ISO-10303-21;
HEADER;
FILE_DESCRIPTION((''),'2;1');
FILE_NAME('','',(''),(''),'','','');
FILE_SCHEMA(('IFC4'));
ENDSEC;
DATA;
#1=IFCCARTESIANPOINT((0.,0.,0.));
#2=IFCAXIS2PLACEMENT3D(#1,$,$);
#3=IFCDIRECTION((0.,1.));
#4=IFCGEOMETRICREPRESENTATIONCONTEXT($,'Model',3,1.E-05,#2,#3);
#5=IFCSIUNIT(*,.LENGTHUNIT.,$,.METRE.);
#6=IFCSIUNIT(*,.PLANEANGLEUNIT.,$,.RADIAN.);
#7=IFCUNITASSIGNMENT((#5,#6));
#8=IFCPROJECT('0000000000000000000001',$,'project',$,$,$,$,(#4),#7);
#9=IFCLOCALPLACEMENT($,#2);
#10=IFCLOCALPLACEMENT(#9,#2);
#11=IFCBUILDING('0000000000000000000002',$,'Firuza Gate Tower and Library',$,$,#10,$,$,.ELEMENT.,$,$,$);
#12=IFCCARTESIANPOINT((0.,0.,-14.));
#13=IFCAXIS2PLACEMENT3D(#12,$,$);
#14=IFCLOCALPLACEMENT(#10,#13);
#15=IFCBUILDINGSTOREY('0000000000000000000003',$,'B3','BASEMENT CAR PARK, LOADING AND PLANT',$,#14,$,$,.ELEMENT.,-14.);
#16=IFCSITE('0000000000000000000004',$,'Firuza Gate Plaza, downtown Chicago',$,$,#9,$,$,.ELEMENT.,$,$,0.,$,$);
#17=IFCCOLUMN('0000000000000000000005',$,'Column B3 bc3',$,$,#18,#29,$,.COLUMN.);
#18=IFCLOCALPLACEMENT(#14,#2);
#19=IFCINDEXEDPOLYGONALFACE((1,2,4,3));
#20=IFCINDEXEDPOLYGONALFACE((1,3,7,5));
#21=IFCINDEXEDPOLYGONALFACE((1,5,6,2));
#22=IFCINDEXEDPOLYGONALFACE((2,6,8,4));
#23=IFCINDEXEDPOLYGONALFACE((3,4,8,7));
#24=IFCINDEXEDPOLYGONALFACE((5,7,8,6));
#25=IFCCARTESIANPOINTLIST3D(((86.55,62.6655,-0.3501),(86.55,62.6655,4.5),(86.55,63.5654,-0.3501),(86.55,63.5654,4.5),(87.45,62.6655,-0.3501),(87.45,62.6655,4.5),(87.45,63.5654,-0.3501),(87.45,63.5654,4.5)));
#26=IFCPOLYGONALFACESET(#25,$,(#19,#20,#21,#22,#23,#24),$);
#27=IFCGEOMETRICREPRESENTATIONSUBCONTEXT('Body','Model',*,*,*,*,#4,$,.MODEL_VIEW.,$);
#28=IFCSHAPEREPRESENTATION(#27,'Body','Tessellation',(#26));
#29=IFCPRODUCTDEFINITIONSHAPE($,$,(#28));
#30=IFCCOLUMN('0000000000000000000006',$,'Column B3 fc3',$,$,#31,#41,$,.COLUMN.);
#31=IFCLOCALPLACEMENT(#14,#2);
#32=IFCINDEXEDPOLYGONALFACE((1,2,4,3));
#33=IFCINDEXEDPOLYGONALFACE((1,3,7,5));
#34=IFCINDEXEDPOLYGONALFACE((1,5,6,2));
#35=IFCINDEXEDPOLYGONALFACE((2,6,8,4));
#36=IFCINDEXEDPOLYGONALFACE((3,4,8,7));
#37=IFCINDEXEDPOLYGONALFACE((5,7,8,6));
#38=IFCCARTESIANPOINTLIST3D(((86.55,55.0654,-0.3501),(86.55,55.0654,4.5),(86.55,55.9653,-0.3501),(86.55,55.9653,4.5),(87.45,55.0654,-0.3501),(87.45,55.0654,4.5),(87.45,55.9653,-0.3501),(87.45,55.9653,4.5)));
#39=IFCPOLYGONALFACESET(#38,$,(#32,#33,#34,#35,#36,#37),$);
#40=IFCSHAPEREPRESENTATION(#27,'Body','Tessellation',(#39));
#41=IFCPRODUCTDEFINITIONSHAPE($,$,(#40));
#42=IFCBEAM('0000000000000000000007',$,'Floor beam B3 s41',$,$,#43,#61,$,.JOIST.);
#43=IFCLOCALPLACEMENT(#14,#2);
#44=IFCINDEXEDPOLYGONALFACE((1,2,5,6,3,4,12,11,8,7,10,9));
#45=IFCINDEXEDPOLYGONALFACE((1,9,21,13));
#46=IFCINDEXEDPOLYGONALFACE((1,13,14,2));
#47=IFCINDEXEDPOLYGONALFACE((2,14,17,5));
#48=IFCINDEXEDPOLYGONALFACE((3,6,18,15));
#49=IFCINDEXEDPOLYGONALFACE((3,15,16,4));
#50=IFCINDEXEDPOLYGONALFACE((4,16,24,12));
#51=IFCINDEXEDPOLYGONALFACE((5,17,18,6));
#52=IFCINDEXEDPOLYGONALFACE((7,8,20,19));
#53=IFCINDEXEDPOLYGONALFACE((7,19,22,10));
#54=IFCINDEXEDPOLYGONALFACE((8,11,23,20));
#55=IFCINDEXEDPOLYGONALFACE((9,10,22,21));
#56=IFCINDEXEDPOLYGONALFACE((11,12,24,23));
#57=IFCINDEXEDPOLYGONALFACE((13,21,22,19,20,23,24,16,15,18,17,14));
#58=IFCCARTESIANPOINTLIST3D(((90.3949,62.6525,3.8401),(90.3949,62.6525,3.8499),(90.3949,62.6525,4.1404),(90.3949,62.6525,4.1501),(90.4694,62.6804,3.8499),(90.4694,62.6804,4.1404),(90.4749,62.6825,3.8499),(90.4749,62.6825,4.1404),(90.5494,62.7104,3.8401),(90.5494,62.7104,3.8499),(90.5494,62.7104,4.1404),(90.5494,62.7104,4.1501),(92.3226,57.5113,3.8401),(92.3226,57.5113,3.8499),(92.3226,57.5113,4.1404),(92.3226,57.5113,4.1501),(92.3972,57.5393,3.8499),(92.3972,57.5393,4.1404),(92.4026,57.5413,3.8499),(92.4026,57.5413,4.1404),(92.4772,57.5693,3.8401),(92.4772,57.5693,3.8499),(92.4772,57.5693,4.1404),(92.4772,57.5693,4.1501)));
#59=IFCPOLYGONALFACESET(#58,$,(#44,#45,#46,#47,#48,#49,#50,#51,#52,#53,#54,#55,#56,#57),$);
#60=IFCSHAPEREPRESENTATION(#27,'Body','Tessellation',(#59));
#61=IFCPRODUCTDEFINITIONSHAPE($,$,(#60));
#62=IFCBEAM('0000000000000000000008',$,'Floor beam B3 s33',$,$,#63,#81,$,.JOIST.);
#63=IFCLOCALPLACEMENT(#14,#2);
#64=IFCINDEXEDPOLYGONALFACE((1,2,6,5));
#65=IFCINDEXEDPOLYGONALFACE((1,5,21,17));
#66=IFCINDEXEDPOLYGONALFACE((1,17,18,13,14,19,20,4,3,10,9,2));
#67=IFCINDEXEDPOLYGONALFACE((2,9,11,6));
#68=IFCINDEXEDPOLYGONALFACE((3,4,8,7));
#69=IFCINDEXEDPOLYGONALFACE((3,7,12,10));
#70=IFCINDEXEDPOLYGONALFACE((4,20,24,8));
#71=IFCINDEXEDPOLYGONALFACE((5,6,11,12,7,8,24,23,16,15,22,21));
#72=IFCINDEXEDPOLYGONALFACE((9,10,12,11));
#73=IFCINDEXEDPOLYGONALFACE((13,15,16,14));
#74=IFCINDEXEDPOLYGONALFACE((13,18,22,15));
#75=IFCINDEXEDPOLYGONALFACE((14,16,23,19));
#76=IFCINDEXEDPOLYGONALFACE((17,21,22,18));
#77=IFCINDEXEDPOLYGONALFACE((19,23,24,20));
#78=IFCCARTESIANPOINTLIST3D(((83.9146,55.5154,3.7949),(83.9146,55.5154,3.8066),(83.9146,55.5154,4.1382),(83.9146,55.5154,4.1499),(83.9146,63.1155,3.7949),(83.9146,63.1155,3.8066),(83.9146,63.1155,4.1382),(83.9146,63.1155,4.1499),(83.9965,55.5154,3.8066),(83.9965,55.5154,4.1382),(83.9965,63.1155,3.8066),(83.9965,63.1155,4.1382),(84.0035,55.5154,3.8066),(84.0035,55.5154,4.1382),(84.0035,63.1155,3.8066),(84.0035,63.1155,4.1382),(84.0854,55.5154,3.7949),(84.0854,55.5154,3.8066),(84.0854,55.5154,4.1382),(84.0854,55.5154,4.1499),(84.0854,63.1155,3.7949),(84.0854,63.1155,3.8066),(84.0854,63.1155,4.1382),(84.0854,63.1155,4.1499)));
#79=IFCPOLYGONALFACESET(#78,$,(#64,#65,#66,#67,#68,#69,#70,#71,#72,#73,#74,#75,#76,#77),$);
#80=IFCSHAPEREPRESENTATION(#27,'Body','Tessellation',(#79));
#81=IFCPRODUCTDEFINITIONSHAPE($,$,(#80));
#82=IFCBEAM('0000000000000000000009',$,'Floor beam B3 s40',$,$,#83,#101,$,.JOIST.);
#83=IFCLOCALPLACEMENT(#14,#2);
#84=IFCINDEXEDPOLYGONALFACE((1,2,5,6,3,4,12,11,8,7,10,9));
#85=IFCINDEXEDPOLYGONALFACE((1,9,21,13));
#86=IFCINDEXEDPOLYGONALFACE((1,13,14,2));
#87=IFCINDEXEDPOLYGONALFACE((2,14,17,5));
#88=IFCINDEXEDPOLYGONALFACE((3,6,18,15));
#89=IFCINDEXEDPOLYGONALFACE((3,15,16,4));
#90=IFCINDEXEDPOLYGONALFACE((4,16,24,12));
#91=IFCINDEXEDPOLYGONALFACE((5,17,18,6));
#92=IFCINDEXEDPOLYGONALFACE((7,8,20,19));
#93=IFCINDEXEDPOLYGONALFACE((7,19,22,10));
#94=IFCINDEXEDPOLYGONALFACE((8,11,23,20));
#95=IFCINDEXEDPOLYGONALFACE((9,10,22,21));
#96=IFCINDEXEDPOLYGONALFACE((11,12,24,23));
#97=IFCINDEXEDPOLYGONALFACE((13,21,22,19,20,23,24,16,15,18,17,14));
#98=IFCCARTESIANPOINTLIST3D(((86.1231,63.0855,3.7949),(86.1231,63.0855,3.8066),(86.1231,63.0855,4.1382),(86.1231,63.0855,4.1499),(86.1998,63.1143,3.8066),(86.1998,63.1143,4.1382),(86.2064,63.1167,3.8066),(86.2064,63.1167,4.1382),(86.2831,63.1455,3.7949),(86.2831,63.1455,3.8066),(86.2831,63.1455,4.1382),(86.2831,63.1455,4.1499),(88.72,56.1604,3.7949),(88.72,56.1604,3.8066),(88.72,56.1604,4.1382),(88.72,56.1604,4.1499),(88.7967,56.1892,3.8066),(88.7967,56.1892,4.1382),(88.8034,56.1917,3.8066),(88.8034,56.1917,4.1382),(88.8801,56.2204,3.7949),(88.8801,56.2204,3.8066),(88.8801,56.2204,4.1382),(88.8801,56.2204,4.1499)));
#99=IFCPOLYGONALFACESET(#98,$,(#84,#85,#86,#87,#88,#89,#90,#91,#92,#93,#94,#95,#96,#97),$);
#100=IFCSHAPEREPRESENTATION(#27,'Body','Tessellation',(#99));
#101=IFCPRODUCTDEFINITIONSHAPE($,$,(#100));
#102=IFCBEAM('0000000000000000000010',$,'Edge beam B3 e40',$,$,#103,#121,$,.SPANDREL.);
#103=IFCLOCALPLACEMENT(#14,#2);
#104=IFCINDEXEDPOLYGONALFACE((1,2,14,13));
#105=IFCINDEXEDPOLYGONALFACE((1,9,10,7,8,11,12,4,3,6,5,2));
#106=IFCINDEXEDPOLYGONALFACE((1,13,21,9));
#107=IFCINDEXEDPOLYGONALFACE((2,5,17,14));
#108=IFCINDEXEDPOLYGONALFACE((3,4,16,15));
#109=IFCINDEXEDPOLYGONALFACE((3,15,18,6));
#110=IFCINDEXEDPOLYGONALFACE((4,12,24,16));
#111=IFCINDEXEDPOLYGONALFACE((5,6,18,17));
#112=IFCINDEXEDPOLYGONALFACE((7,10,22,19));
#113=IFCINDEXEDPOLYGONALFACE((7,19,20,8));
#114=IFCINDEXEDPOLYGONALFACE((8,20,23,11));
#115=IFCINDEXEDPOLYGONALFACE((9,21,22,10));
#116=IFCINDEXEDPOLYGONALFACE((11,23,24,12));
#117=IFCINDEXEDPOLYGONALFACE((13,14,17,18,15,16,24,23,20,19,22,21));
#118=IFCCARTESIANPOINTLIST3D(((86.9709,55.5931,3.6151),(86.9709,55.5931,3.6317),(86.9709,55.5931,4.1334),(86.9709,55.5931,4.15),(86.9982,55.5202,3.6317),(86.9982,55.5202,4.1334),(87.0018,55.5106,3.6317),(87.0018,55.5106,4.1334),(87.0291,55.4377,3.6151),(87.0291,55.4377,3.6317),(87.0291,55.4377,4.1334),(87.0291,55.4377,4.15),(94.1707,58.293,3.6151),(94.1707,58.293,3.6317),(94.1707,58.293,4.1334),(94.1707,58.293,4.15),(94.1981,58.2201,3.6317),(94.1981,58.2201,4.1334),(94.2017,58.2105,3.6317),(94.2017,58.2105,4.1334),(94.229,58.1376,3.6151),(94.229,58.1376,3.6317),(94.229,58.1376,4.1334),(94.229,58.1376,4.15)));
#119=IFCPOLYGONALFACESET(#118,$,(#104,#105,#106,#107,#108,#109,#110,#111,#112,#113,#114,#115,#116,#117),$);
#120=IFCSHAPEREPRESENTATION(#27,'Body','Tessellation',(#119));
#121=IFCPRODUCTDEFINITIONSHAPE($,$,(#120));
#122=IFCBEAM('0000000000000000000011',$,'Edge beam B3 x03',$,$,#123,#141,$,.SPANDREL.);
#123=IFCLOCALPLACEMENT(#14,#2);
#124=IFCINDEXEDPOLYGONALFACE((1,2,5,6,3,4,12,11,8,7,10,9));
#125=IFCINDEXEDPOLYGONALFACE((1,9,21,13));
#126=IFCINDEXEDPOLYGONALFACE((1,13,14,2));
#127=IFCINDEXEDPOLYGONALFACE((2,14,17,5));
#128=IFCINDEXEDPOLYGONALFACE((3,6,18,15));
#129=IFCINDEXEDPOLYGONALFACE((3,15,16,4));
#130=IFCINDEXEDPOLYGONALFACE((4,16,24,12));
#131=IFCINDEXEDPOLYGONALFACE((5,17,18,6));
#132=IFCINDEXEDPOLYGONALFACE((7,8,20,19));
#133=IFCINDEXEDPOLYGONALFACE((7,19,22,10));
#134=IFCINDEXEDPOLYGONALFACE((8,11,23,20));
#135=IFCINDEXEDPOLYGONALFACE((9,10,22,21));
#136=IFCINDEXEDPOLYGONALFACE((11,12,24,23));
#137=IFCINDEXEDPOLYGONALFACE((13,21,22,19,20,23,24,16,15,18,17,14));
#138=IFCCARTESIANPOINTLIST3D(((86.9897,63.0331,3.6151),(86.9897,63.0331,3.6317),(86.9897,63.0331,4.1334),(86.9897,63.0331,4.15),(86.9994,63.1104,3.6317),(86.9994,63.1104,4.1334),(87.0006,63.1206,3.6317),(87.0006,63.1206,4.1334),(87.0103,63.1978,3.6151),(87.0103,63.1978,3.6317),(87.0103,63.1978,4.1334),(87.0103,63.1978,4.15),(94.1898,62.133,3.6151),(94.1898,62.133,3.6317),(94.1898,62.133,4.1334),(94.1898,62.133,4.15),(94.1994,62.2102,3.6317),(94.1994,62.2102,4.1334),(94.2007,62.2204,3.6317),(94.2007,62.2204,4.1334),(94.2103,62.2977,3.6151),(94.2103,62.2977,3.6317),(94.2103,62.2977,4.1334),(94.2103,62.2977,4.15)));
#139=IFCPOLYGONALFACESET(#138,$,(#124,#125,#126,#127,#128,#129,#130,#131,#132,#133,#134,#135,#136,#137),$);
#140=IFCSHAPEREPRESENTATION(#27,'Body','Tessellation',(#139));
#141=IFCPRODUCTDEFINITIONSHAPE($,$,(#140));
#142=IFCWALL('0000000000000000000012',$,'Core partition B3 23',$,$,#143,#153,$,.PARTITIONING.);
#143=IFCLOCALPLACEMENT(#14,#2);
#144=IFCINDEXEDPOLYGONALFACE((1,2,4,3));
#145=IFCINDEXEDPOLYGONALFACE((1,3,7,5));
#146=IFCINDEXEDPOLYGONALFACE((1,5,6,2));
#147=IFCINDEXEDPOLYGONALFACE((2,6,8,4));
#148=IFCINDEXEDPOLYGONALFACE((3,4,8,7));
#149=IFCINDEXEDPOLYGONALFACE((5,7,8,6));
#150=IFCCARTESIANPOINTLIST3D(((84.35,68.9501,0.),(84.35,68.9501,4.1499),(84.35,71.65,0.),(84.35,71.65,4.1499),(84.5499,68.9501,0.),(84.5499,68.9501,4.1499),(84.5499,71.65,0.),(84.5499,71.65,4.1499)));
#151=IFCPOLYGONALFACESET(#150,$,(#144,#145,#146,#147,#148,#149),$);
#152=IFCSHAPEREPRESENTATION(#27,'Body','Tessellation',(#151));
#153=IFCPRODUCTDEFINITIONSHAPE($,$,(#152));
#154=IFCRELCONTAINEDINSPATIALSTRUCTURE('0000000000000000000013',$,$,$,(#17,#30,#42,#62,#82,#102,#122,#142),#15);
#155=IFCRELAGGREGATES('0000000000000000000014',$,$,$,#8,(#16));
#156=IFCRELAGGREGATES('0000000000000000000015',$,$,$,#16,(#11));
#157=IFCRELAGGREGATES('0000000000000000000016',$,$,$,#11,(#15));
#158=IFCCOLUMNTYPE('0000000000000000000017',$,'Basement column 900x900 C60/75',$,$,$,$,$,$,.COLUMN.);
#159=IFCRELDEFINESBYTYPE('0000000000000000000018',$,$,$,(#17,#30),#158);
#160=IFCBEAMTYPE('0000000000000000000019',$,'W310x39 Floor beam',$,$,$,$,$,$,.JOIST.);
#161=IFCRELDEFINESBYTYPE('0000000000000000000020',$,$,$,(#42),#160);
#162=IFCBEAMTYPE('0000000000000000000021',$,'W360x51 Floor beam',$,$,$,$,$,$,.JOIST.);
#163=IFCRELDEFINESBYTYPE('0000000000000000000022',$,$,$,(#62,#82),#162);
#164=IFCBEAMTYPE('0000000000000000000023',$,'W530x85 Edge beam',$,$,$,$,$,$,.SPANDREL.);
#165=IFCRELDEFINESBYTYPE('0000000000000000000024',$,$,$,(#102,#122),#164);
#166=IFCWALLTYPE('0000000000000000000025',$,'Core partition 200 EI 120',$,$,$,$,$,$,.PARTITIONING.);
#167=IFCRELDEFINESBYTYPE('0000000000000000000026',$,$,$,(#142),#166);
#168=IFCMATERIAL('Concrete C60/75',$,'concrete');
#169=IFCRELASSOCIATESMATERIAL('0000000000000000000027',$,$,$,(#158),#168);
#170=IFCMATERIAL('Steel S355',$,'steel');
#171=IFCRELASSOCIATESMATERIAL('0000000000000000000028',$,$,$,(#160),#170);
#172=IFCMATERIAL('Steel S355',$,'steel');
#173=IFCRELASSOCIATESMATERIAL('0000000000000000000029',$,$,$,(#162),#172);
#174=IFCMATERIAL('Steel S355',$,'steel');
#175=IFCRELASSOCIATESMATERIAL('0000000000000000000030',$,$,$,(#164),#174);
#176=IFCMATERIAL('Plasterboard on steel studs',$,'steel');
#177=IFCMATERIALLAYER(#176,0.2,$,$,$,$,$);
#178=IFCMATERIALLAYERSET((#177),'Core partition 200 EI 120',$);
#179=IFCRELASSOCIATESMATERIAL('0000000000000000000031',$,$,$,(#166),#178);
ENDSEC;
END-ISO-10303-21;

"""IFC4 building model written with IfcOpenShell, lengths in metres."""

from ifc_helpers import new_model, si_unit, direction, frame, frame_2d, origin, origin_2d, place, context, subcontext, project, spatial, rectangle, i_section, extrude, material, layer, layer_set, material_profile, profile_set, type_object, element, save


model = new_model("IFC4")

# Units and contexts
model_context = context("Model", 3, precision=1e-05, world=origin(), true_north=direction((0.0, 1.0)))
body_context = subcontext(model_context, "Body", "Model", "MODEL_VIEW")
ifc_project = project(units=[si_unit("LENGTHUNIT", "METRE"), si_unit("PLANEANGLEUNIT", "RADIAN")], contexts=[model_context])

# Site, building, storey
site_placement = place(None, origin())
site = spatial("IfcSite", under=ifc_project, at=site_placement, Name="Firuza Gate Plaza, downtown Chicago", CompositionType="ELEMENT", RefElevation=0.0)
building_placement = place(site_placement, origin())
building = spatial("IfcBuilding", under=site, at=building_placement, Name="Firuza Gate Tower and Library", CompositionType="ELEMENT")
storey_placement = place(building_placement, frame((0.0, 0.0, -14.0)))
storey = spatial("IfcBuildingStorey", under=building, at=storey_placement, Name="B3", Description="BASEMENT CAR PARK, LOADING AND PLANT", CompositionType="ELEMENT", Elevation=-14.0)

# Columns
ifc_material_1 = material(Name="Concrete C60/75", Category="concrete")
ifc_material_profile_1 = material_profile(ifc_material_1, rectangle(XDim=0.8999, YDim=0.8999, at=origin_2d()))
ifc_profile_set_1 = profile_set([ifc_material_profile_1], Name="Concrete C60/75")
column_type = type_object("IfcColumnType", Name="Basement column 900x900 C60/75", PredefinedType="COLUMN", material=ifc_profile_set_1)
for number, where, z_axis, x_axis, name in (
    (1, (87.0, 63.1155, -0.3501), (0.0, 0.0, 1.0), (1.0, 0.0, 0.0), "Column B3 bc3"),
    (2, (87.0, 55.5154, -0.3501), (0.0, 0.0, 1.0), (1.0, 0.0, 0.0), "Column B3 fc3"),
):
    element("IfcColumn", number, at=place(storey_placement, frame(where, z_axis=z_axis, x_axis=x_axis)), inside=storey, type_object=column_type, Name=name, PredefinedType="COLUMN", context=body_context, shape_type="SweptSolid", body=[
        extrude(rectangle(XDim=0.8999, YDim=0.8999, at=origin_2d()), origin(), (0.0, 0.0, 1.0), 4.8501),
    ])

# Beams
ifc_material_2 = material(Name="Steel S355", Category="steel")
ifc_material_profile_2 = material_profile(ifc_material_2, i_section(OverallWidth=0.165, OverallDepth=0.3101, WebThickness=0.0059, FlangeThickness=0.0098, at=origin_2d()))
ifc_profile_set_2 = profile_set([ifc_material_profile_2], Name="Steel S355")
beam_type_1 = type_object("IfcBeamType", Name="W310x39 Floor beam", PredefinedType="JOIST", material=ifc_profile_set_2)
beam_1_placement = place(storey_placement, frame((92.3999, 57.5403, 3.9951), z_axis=(-0.351094, 0.93634, 0.0), x_axis=(-0.93634, -0.351094, 0.0)))
element("IfcBeam", 3, at=beam_1_placement, inside=storey, type_object=beam_type_1, Name="Floor beam B3 s41", PredefinedType="JOIST", context=body_context, shape_type="SweptSolid", body=[
    extrude(i_section(OverallWidth=0.165, OverallDepth=0.3101, WebThickness=0.0059, FlangeThickness=0.0098, at=origin_2d()), origin(), (0.0, 0.0, 1.0), 5.4907),
])
ifc_material_3 = material(Name="Steel S355", Category="steel")
ifc_material_profile_3 = material_profile(ifc_material_3, i_section(OverallWidth=0.1709, OverallDepth=0.355, WebThickness=0.0071, FlangeThickness=0.0117, at=origin_2d()))
ifc_profile_set_3 = profile_set([ifc_material_profile_3], Name="Steel S355")
beam_type_2 = type_object("IfcBeamType", Name="W360x51 Floor beam", PredefinedType="JOIST", material=ifc_profile_set_3)
beam_2_placement = place(storey_placement, frame((84.0, 55.5154, 3.9724), z_axis=(0.0, 1.0, 0.0), x_axis=(-1.0, 0.0, 0.0)))
element("IfcBeam", 4, at=beam_2_placement, inside=storey, type_object=beam_type_2, Name="Floor beam B3 s33", PredefinedType="JOIST", context=body_context, shape_type="SweptSolid", body=[
    extrude(i_section(OverallWidth=0.1709, OverallDepth=0.355, WebThickness=0.0071, FlangeThickness=0.0117, at=origin_2d()), origin(), (0.0, 0.0, 1.0), 7.6001),
])
beam_3_placement = place(storey_placement, frame((88.8, 56.1904, 3.9724), z_axis=(-0.351127, 0.936328, 0.0), x_axis=(-0.936328, -0.351127, 0.0)))
element("IfcBeam", 5, at=beam_3_placement, inside=storey, type_object=beam_type_2, Name="Floor beam B3 s40", PredefinedType="JOIST", context=body_context, shape_type="SweptSolid", body=[
    extrude(i_section(OverallWidth=0.1709, OverallDepth=0.355, WebThickness=0.0071, FlangeThickness=0.0117, at=origin_2d()), origin(), (0.0, 0.0, 1.0), 7.396),
])
ifc_material_4 = material(Name="Steel S355", Category="steel")
ifc_material_profile_4 = material_profile(ifc_material_4, i_section(OverallWidth=0.166, OverallDepth=0.5349, WebThickness=0.0103, FlangeThickness=0.0166, at=origin_2d()))
ifc_profile_set_4 = profile_set([ifc_material_profile_4], Name="Steel S355")
beam_type_3 = type_object("IfcBeamType", Name="W530x85 Edge beam", PredefinedType="SPANDREL", material=ifc_profile_set_4)
beam_4_placement = place(storey_placement, frame((87.0, 55.5154, 3.8826), z_axis=(0.93633, 0.35112, 0.0), x_axis=(-0.35112, 0.93633, 0.0)))
element("IfcBeam", 6, at=beam_4_placement, inside=storey, type_object=beam_type_3, Name="Edge beam B3 e40", PredefinedType="SPANDREL", context=body_context, shape_type="SweptSolid", body=[
    extrude(i_section(OverallWidth=0.166, OverallDepth=0.5349, WebThickness=0.0103, FlangeThickness=0.0166, at=origin_2d()), origin(), (0.0, 0.0, 1.0), 7.6895),
])
beam_5_placement = place(storey_placement, frame((87.0, 63.1155, 3.8826), z_axis=(0.992275, -0.124055, 0.0), x_axis=(0.124055, 0.992275, 0.0)))
element("IfcBeam", 7, at=beam_5_placement, inside=storey, type_object=beam_type_3, Name="Edge beam B3 x03", PredefinedType="SPANDREL", context=body_context, shape_type="SweptSolid", body=[
    extrude(i_section(OverallWidth=0.166, OverallDepth=0.5349, WebThickness=0.0103, FlangeThickness=0.0166, at=origin_2d()), origin(), (0.0, 0.0, 1.0), 7.2561),
])

# Wall
ifc_material_5 = material(Name="Plasterboard on steel studs", Category="steel")
ifc_layer_1 = layer(ifc_material_5, 0.2)
ifc_layer_set_1 = layer_set([ifc_layer_1], Name="Core partition 200 EI 120")
wall_type_1 = type_object("IfcWallType", Name="Core partition 200 EI 120", PredefinedType="PARTITIONING", material=ifc_layer_set_1)
wall_1_placement = place(storey_placement, frame((84.45, 68.95, 0.0), z_axis=(0.0, 0.0, 1.0), x_axis=(0.0, 1.0, 0.0)))
element("IfcWall", 8, at=wall_1_placement, inside=storey, type_object=wall_type_1, Name="Core partition B3 23", PredefinedType="PARTITIONING", context=body_context, shape_type="SweptSolid", body=[
    extrude(rectangle(XDim=2.7, YDim=0.2, at=frame_2d((1.3501, 0.0))), origin(), (0.0, 0.0, 1.0), 4.1499),
])

save(model, "model.ifc")
